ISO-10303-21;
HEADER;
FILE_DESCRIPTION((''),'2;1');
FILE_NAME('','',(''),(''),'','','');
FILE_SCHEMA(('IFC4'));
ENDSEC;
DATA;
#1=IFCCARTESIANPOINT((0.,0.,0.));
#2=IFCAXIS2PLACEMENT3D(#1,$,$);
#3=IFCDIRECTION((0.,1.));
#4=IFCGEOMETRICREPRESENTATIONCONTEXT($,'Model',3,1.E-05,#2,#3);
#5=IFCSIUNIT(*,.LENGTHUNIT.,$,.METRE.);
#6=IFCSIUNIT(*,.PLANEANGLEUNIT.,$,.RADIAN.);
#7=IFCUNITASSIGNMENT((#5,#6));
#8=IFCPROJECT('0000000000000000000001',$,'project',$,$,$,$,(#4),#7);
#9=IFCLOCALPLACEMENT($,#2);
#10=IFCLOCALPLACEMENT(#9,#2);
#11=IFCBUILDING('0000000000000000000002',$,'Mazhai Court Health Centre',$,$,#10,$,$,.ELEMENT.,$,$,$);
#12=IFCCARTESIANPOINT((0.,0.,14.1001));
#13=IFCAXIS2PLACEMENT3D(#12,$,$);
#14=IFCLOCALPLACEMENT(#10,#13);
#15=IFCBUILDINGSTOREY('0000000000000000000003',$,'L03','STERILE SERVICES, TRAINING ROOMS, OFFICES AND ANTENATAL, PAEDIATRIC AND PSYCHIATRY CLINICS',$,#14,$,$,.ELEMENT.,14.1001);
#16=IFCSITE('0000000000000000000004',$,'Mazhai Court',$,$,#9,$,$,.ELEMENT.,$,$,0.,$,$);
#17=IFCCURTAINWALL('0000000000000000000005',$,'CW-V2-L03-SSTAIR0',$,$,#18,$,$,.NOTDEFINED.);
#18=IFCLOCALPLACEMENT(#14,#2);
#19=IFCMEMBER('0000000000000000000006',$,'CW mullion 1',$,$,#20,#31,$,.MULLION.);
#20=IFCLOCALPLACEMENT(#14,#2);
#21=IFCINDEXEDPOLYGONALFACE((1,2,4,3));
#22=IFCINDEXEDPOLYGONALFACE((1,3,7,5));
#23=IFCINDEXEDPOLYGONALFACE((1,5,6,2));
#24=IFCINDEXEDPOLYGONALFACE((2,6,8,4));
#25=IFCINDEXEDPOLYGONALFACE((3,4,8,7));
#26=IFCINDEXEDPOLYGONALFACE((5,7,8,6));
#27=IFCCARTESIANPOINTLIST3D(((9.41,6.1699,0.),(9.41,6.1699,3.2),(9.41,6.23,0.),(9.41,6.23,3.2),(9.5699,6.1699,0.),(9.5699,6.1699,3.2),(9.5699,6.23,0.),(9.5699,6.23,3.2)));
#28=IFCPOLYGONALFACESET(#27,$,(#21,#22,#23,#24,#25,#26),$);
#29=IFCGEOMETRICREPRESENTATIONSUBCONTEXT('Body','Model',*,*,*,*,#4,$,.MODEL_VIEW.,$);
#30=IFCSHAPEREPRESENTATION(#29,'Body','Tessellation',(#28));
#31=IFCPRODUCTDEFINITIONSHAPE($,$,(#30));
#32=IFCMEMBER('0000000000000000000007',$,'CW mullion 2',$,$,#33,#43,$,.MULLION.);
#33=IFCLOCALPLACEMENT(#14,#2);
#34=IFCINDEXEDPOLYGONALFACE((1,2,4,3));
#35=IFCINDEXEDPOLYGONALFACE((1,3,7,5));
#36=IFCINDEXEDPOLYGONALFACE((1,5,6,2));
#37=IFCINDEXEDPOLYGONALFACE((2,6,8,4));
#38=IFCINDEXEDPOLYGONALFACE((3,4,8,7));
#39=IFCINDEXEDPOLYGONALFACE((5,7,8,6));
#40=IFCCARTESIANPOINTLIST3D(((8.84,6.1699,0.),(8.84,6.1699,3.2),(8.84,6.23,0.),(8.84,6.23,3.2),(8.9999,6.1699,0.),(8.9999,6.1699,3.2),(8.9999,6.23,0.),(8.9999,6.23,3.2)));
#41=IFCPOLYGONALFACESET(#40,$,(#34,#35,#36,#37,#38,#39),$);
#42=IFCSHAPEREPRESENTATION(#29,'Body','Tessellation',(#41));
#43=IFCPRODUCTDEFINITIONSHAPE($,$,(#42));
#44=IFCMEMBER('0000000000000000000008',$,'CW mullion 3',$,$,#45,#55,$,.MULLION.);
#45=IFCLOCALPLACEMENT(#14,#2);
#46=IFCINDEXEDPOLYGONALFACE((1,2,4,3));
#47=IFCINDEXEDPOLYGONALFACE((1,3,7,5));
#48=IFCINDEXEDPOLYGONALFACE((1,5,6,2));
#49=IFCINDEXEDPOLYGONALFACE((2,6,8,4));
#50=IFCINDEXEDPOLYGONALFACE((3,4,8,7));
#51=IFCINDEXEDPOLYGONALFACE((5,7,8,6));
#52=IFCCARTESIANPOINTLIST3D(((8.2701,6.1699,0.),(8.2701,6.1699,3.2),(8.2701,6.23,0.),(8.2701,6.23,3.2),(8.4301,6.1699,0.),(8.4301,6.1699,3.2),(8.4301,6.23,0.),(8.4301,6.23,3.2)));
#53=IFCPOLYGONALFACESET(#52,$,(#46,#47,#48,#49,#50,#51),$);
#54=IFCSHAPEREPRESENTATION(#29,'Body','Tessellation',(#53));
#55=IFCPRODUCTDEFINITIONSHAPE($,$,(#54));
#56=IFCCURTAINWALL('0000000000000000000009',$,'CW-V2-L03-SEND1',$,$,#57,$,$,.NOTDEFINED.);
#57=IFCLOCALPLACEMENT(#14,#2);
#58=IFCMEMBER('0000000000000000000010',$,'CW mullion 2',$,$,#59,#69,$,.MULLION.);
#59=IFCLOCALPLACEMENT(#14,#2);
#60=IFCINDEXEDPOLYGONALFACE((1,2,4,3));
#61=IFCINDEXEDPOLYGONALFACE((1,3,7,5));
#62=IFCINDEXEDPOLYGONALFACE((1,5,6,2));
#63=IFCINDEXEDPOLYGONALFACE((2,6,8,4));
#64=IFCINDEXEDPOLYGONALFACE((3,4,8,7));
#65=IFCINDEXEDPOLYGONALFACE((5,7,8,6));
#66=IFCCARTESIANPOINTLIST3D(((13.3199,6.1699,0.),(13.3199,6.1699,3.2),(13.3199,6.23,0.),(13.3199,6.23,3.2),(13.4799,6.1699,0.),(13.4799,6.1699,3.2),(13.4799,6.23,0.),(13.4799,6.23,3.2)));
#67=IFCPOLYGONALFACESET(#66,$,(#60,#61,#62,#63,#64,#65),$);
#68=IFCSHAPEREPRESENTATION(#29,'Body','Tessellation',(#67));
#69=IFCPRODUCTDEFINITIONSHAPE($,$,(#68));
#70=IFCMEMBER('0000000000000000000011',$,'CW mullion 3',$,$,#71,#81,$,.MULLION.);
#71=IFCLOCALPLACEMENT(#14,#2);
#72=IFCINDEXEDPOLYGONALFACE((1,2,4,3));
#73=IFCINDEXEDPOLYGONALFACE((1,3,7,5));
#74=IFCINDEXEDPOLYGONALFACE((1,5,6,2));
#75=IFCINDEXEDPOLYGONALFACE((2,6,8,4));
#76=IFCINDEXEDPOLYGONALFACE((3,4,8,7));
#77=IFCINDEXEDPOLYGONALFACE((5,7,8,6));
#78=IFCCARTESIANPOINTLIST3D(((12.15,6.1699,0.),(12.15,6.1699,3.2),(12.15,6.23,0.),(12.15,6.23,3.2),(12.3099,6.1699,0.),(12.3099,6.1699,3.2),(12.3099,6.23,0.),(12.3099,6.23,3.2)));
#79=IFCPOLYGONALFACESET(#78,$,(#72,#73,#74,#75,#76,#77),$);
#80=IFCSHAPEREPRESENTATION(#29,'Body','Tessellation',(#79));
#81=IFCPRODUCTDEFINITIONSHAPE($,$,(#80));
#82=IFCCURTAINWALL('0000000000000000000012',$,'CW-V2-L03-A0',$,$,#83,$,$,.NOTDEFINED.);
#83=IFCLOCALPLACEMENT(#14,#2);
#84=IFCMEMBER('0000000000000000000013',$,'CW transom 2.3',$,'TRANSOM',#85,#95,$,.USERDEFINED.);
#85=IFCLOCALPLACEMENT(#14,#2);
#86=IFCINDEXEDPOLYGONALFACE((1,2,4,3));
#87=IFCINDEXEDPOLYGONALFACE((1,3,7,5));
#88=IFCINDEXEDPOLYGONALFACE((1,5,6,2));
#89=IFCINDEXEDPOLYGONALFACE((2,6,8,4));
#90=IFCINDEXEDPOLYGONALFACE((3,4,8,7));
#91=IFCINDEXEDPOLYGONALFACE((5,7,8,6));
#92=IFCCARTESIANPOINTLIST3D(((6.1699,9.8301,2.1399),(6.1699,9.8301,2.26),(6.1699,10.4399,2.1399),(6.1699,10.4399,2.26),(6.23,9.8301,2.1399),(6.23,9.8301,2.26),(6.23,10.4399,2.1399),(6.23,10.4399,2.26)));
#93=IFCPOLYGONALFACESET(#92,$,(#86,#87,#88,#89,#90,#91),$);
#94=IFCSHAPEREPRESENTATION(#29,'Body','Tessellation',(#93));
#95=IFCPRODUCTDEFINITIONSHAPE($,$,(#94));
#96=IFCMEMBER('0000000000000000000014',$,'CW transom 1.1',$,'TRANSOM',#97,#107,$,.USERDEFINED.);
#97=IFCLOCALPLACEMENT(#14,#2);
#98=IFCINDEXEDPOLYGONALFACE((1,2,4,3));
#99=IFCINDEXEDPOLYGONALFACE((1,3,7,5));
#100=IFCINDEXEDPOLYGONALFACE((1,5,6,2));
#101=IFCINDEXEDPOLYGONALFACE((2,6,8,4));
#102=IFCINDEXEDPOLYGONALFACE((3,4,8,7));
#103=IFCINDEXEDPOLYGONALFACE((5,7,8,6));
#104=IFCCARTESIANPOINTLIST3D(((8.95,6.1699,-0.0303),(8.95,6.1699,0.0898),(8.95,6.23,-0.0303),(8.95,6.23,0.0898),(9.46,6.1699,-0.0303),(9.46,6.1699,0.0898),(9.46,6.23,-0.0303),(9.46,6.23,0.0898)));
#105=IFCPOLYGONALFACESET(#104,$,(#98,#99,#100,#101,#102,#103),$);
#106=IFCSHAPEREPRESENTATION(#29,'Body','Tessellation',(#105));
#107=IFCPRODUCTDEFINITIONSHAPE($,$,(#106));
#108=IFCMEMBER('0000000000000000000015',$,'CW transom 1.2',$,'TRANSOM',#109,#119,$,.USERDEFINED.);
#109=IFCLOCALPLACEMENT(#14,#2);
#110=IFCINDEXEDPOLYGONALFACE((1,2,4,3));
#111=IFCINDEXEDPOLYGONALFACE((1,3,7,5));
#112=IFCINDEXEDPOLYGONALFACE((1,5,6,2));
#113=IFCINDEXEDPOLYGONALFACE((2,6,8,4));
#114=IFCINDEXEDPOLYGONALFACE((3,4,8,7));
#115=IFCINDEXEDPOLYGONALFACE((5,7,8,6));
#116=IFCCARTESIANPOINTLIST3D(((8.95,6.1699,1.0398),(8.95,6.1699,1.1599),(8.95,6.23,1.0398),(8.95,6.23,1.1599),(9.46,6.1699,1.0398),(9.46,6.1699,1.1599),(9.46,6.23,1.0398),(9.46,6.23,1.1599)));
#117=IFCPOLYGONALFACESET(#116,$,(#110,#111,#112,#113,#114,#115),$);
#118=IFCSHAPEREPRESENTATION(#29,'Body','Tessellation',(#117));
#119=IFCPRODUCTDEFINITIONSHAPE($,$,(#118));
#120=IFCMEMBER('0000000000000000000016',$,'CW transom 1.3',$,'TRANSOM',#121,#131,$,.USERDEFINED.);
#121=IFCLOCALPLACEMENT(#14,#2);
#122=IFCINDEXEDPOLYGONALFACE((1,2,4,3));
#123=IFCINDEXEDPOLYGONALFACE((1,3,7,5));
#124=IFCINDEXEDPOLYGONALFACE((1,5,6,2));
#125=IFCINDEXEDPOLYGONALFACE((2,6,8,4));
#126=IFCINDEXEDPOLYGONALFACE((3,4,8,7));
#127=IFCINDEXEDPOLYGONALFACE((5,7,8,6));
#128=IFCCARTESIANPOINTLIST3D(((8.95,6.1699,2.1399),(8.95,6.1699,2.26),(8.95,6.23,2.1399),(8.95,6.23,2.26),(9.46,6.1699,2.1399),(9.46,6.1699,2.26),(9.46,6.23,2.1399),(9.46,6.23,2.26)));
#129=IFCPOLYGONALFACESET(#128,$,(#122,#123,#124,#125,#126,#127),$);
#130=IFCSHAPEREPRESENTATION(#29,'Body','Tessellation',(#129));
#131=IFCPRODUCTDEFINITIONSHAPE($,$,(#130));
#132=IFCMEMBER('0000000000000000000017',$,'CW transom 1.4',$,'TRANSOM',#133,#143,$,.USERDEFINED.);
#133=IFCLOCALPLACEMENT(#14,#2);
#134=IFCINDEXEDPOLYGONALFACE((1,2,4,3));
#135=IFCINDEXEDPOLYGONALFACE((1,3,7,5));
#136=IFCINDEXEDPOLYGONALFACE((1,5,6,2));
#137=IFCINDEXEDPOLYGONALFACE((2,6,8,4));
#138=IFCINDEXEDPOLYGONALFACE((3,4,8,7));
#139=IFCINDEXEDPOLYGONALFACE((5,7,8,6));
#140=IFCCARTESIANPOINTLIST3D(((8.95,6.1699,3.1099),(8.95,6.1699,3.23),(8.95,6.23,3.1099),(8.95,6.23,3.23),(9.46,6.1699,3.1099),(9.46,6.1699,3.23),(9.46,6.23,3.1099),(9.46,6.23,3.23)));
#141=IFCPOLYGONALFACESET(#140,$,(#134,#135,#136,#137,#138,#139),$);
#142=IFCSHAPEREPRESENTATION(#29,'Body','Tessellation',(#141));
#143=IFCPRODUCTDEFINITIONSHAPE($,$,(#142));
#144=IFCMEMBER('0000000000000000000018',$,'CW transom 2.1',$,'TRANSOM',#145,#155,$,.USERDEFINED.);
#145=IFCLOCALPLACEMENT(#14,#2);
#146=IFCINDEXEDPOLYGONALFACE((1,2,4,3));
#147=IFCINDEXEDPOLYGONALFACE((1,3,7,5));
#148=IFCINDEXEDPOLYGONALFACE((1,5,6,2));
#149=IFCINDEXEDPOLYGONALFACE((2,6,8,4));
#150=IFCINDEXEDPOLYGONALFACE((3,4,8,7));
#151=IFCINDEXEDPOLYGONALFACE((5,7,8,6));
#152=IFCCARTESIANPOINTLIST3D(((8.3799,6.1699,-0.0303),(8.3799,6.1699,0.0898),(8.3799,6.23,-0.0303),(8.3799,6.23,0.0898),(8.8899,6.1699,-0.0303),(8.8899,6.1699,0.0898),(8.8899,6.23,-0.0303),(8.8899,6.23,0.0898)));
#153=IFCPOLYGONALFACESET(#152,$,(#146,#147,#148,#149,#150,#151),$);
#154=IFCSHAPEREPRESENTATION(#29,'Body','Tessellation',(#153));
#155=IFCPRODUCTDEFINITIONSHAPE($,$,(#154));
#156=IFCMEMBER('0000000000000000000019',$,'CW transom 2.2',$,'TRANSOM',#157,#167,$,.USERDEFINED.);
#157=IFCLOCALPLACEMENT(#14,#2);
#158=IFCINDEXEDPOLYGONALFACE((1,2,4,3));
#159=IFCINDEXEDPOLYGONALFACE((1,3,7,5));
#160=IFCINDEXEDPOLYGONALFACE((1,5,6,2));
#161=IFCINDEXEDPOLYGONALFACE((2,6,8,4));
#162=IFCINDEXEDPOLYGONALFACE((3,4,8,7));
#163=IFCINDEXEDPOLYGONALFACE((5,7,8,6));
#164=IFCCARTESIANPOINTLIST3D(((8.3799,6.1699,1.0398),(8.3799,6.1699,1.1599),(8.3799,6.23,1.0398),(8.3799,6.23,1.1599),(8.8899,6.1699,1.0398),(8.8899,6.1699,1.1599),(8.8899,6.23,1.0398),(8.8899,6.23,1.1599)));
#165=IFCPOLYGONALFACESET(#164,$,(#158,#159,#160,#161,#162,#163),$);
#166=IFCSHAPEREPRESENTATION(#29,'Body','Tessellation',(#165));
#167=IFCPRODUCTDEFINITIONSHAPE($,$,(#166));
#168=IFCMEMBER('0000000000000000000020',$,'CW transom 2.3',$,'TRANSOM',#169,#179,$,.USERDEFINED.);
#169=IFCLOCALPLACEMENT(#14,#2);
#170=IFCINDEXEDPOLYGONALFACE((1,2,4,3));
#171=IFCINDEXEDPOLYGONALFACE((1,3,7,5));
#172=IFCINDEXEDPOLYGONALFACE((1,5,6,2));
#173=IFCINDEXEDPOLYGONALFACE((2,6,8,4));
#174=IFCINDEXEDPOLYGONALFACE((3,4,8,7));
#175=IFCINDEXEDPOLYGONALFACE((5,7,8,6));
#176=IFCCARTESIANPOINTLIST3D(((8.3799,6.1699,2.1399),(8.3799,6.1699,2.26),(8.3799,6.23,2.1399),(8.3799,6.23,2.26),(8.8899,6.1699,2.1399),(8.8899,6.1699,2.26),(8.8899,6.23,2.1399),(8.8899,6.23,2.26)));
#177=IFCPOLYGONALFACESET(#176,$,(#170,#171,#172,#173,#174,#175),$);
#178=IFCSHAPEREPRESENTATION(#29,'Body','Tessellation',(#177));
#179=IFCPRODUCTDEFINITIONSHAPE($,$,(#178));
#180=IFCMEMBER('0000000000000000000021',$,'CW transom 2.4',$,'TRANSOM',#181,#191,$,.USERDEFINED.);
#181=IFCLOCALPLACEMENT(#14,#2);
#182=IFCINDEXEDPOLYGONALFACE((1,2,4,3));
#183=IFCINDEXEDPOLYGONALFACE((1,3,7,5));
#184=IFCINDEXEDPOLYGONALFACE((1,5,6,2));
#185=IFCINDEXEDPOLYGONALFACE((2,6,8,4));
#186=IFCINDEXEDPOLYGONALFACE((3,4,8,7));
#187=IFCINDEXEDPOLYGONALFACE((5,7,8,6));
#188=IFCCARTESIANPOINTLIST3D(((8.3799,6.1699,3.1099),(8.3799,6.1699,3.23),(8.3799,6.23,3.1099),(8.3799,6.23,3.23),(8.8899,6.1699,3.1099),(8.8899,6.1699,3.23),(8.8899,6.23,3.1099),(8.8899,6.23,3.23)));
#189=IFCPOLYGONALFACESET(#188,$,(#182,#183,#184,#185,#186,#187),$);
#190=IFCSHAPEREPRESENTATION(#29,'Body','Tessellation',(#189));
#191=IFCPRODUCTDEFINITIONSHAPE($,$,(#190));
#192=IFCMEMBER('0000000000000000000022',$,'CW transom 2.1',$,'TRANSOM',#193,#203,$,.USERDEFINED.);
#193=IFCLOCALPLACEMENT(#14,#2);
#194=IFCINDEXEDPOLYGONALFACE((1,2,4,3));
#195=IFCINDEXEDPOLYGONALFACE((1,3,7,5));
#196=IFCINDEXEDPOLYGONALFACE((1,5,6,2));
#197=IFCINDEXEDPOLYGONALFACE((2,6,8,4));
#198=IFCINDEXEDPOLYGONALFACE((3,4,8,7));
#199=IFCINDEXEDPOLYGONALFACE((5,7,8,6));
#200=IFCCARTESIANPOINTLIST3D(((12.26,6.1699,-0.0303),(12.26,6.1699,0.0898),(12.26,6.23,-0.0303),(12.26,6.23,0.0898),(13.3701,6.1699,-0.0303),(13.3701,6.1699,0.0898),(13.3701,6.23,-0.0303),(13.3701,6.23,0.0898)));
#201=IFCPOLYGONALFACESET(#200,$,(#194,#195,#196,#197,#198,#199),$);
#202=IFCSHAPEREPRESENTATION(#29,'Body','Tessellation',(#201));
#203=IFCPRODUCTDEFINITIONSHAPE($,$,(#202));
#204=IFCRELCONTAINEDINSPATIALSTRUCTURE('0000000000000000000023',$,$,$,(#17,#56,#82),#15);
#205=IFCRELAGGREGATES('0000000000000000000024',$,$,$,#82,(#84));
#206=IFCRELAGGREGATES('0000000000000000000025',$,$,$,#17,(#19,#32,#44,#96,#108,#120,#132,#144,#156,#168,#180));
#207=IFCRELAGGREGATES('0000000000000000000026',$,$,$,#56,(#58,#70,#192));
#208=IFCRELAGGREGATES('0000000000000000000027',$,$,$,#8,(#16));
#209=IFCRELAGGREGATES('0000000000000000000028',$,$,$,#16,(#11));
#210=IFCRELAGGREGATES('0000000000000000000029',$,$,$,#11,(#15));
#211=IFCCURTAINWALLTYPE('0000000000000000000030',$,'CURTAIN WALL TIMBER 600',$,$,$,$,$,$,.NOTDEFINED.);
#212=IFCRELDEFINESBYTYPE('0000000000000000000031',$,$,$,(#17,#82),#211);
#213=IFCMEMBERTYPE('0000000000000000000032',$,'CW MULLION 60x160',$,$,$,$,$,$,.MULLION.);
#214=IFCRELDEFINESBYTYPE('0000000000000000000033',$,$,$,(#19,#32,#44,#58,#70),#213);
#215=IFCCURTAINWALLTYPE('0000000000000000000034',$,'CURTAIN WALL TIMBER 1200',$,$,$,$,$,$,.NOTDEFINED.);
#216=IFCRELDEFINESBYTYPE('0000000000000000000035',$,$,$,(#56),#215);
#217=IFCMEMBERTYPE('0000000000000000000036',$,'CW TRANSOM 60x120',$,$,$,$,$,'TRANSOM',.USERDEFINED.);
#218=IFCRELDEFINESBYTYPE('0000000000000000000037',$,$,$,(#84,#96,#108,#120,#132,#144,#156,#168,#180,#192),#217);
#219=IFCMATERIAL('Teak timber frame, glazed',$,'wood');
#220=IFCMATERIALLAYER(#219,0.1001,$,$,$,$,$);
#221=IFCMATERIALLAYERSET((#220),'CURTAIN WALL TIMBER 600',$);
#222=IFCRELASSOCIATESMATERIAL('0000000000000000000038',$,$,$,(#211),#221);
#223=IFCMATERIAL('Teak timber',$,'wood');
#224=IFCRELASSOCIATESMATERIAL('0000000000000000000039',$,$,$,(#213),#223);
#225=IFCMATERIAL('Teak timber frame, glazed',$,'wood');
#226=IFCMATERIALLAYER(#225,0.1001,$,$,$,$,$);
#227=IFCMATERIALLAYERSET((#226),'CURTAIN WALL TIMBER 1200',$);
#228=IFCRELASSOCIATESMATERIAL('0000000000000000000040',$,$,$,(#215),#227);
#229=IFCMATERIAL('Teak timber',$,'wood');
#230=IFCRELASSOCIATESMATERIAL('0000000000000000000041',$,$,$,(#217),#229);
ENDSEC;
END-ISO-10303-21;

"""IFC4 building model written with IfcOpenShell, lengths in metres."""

from ifc_helpers import new_model, si_unit, direction, frame, origin, origin_2d, place, context, subcontext, project, spatial, rectangle, extrude, material, layer, layer_set, material_profile, profile_set, type_object, element, aggregate, save


model = new_model("IFC4")

# Units and contexts
model_context = context("Model", 3, precision=1e-05, world=origin(), true_north=direction((0.0, 1.0)))
body_context = subcontext(model_context, "Body", "Model", "MODEL_VIEW")
ifc_project = project(units=[si_unit("LENGTHUNIT", "METRE"), si_unit("PLANEANGLEUNIT", "RADIAN")], contexts=[model_context])

# Site, building, storey
site_placement = place(None, origin())
site = spatial("IfcSite", under=ifc_project, at=site_placement, Name="Mazhai Court", CompositionType="ELEMENT", RefElevation=0.0)
building_placement = place(site_placement, origin())
building = spatial("IfcBuilding", under=site, at=building_placement, Name="Mazhai Court Health Centre", CompositionType="ELEMENT")
storey_placement = place(building_placement, frame((0.0, 0.0, 14.1001)))
storey = spatial("IfcBuildingStorey", under=building, at=storey_placement, Name="L03", Description="STERILE SERVICES, TRAINING ROOMS, OFFICES AND ANTENATAL, PAEDIATRIC AND PSYCHIATRY CLINICS", CompositionType="ELEMENT", Elevation=14.1001)

# Curtain walls, members
ifc_material_1 = material(Name="Teak timber frame, glazed", Category="wood")
ifc_layer_1 = layer(ifc_material_1, 0.1001)
ifc_layer_set_1 = layer_set([ifc_layer_1], Name="CURTAIN WALL TIMBER 600")
curtain_wall_type_1 = type_object("IfcCurtainWallType", Name="CURTAIN WALL TIMBER 600", PredefinedType="NOTDEFINED", material=ifc_layer_set_1)
curtain_wall_1_placement = place(storey_placement, origin())
curtain_wall_1 = element("IfcCurtainWall", 1, at=curtain_wall_1_placement, inside=storey, type_object=curtain_wall_type_1, Name="CW-V2-L03-SSTAIR0", PredefinedType="NOTDEFINED")
ifc_material_2 = material(Name="Teak timber", Category="wood")
ifc_material_profile_1 = material_profile(ifc_material_2, rectangle(XDim=0.0601, YDim=0.1599, at=origin_2d()), Name="CW MULLION 60x160")
ifc_profile_set_1 = profile_set([ifc_material_profile_1], Name="Teak timber")
member_type_1 = type_object("IfcMemberType", Name="CW MULLION 60x160", PredefinedType="MULLION", material=ifc_profile_set_1)
member_1_placement = place(storey_placement, frame((9.49, 6.2, 0.0), z_axis=(0.0, 0.0, 1.0), x_axis=(0.0, -1.0, 0.0)))
member_1 = element("IfcMember", 2, at=member_1_placement, type_object=member_type_1, Name="CW mullion 1", PredefinedType="MULLION", context=body_context, shape_type="SweptSolid", body=[
    extrude(rectangle(XDim=0.0601, YDim=0.1599, at=origin_2d()), origin(), (0.0, 0.0, 1.0), 3.2),
])
member_2_placement = place(storey_placement, frame((8.9199, 6.2, 0.0), z_axis=(0.0, 0.0, 1.0), x_axis=(0.0, -1.0, 0.0)))
member_2 = element("IfcMember", 3, at=member_2_placement, type_object=member_type_1, Name="CW mullion 2", PredefinedType="MULLION", context=body_context, shape_type="SweptSolid", body=[
    extrude(rectangle(XDim=0.0601, YDim=0.1599, at=origin_2d()), origin(), (0.0, 0.0, 1.0), 3.2),
])
member_3_placement = place(storey_placement, frame((8.3501, 6.2, 0.0), z_axis=(0.0, 0.0, 1.0), x_axis=(0.0, -1.0, 0.0)))
member_3 = element("IfcMember", 4, at=member_3_placement, type_object=member_type_1, Name="CW mullion 3", PredefinedType="MULLION", context=body_context, shape_type="SweptSolid", body=[
    extrude(rectangle(XDim=0.0601, YDim=0.1599, at=origin_2d()), origin(), (0.0, 0.0, 1.0), 3.2),
])
ifc_material_3 = material(Name="Teak timber frame, glazed", Category="wood")
ifc_layer_2 = layer(ifc_material_3, 0.1001)
ifc_layer_set_2 = layer_set([ifc_layer_2], Name="CURTAIN WALL TIMBER 1200")
curtain_wall_type_2 = type_object("IfcCurtainWallType", Name="CURTAIN WALL TIMBER 1200", PredefinedType="NOTDEFINED", material=ifc_layer_set_2)
curtain_wall_2_placement = place(storey_placement, origin())
curtain_wall_2 = element("IfcCurtainWall", 5, at=curtain_wall_2_placement, inside=storey, type_object=curtain_wall_type_2, Name="CW-V2-L03-SEND1", PredefinedType="NOTDEFINED")
member_4_placement = place(storey_placement, frame((13.3999, 6.2, 0.0), z_axis=(0.0, 0.0, 1.0), x_axis=(0.0, -1.0, 0.0)))
member_4 = element("IfcMember", 6, at=member_4_placement, type_object=member_type_1, Name="CW mullion 2", PredefinedType="MULLION", context=body_context, shape_type="SweptSolid", body=[
    extrude(rectangle(XDim=0.0601, YDim=0.1599, at=origin_2d()), origin(), (0.0, 0.0, 1.0), 3.2),
])
member_5_placement = place(storey_placement, frame((12.23, 6.2, 0.0), z_axis=(0.0, 0.0, 1.0), x_axis=(0.0, -1.0, 0.0)))
member_5 = element("IfcMember", 7, at=member_5_placement, type_object=member_type_1, Name="CW mullion 3", PredefinedType="MULLION", context=body_context, shape_type="SweptSolid", body=[
    extrude(rectangle(XDim=0.0601, YDim=0.1599, at=origin_2d()), origin(), (0.0, 0.0, 1.0), 3.2),
])

# Curtain wall, member
curtain_wall_3_placement = place(storey_placement, origin())
curtain_wall_3 = element("IfcCurtainWall", 8, at=curtain_wall_3_placement, inside=storey, type_object=curtain_wall_type_1, Name="CW-V2-L03-A0", PredefinedType="NOTDEFINED")
ifc_material_4 = material(Name="Teak timber", Category="wood")
ifc_material_profile_2 = material_profile(ifc_material_4, rectangle(XDim=0.0601, YDim=0.1201, at=origin_2d()), Name="CW TRANSOM 60x120")
ifc_profile_set_2 = profile_set([ifc_material_profile_2], Name="Teak timber")
member_type_2 = type_object("IfcMemberType", Name="CW TRANSOM 60x120", ElementType="TRANSOM", PredefinedType="USERDEFINED", material=ifc_profile_set_2)
member_6_placement = place(storey_placement, frame((6.2, 9.8301, 2.2), z_axis=(0.0, 1.0, 0.0), x_axis=(-1.0, 0.0, 0.0)))
member_6 = element("IfcMember", 9, at=member_6_placement, type_object=member_type_2, Name="CW transom 2.3", ObjectType="TRANSOM", PredefinedType="USERDEFINED", context=body_context, shape_type="SweptSolid", body=[
    extrude(rectangle(XDim=0.0601, YDim=0.1201, at=origin_2d()), origin(), (0.0, 0.0, 1.0), 0.6099),
])
aggregate(curtain_wall_3, [member_6])

# Members
member_7_placement = place(storey_placement, frame((9.46, 6.2, 0.0298), z_axis=(-1.0, 0.0, 0.0), x_axis=(0.0, -1.0, 0.0)))
member_7 = element("IfcMember", 10, at=member_7_placement, type_object=member_type_2, Name="CW transom 1.1", ObjectType="TRANSOM", PredefinedType="USERDEFINED", context=body_context, shape_type="SweptSolid", body=[
    extrude(rectangle(XDim=0.0601, YDim=0.1201, at=origin_2d()), origin(), (0.0, 0.0, 1.0), 0.51),
])
member_8_placement = place(storey_placement, frame((9.46, 6.2, 1.0999), z_axis=(-1.0, 0.0, 0.0), x_axis=(0.0, -1.0, 0.0)))
member_8 = element("IfcMember", 11, at=member_8_placement, type_object=member_type_2, Name="CW transom 1.2", ObjectType="TRANSOM", PredefinedType="USERDEFINED", context=body_context, shape_type="SweptSolid", body=[
    extrude(rectangle(XDim=0.0601, YDim=0.1201, at=origin_2d()), origin(), (0.0, 0.0, 1.0), 0.51),
])
member_9_placement = place(storey_placement, frame((9.46, 6.2, 2.2), z_axis=(-1.0, 0.0, 0.0), x_axis=(0.0, -1.0, 0.0)))
member_9 = element("IfcMember", 12, at=member_9_placement, type_object=member_type_2, Name="CW transom 1.3", ObjectType="TRANSOM", PredefinedType="USERDEFINED", context=body_context, shape_type="SweptSolid", body=[
    extrude(rectangle(XDim=0.0601, YDim=0.1201, at=origin_2d()), origin(), (0.0, 0.0, 1.0), 0.51),
])
member_10_placement = place(storey_placement, frame((9.46, 6.2, 3.1699), z_axis=(-1.0, 0.0, 0.0), x_axis=(0.0, -1.0, 0.0)))
member_10 = element("IfcMember", 13, at=member_10_placement, type_object=member_type_2, Name="CW transom 1.4", ObjectType="TRANSOM", PredefinedType="USERDEFINED", context=body_context, shape_type="SweptSolid", body=[
    extrude(rectangle(XDim=0.0601, YDim=0.1201, at=origin_2d()), origin(), (0.0, 0.0, 1.0), 0.51),
])
member_11_placement = place(storey_placement, frame((8.8899, 6.2, 0.0298), z_axis=(-1.0, 0.0, 0.0), x_axis=(0.0, -1.0, 0.0)))
member_11 = element("IfcMember", 14, at=member_11_placement, type_object=member_type_2, Name="CW transom 2.1", ObjectType="TRANSOM", PredefinedType="USERDEFINED", context=body_context, shape_type="SweptSolid", body=[
    extrude(rectangle(XDim=0.0601, YDim=0.1201, at=origin_2d()), origin(), (0.0, 0.0, 1.0), 0.51),
])
member_12_placement = place(storey_placement, frame((8.8899, 6.2, 1.0999), z_axis=(-1.0, 0.0, 0.0), x_axis=(0.0, -1.0, 0.0)))
member_12 = element("IfcMember", 15, at=member_12_placement, type_object=member_type_2, Name="CW transom 2.2", ObjectType="TRANSOM", PredefinedType="USERDEFINED", context=body_context, shape_type="SweptSolid", body=[
    extrude(rectangle(XDim=0.0601, YDim=0.1201, at=origin_2d()), origin(), (0.0, 0.0, 1.0), 0.51),
])
member_13_placement = place(storey_placement, frame((8.8899, 6.2, 2.2), z_axis=(-1.0, 0.0, 0.0), x_axis=(0.0, -1.0, 0.0)))
member_13 = element("IfcMember", 16, at=member_13_placement, type_object=member_type_2, Name="CW transom 2.3", ObjectType="TRANSOM", PredefinedType="USERDEFINED", context=body_context, shape_type="SweptSolid", body=[
    extrude(rectangle(XDim=0.0601, YDim=0.1201, at=origin_2d()), origin(), (0.0, 0.0, 1.0), 0.51),
])
member_14_placement = place(storey_placement, frame((8.8899, 6.2, 3.1699), z_axis=(-1.0, 0.0, 0.0), x_axis=(0.0, -1.0, 0.0)))
member_14 = element("IfcMember", 17, at=member_14_placement, type_object=member_type_2, Name="CW transom 2.4", ObjectType="TRANSOM", PredefinedType="USERDEFINED", context=body_context, shape_type="SweptSolid", body=[
    extrude(rectangle(XDim=0.0601, YDim=0.1201, at=origin_2d()), origin(), (0.0, 0.0, 1.0), 0.51),
])
member_15_placement = place(storey_placement, frame((13.3701, 6.2, 0.0298), z_axis=(-1.0, 0.0, 0.0), x_axis=(0.0, -1.0, 0.0)))
member_15 = element("IfcMember", 18, at=member_15_placement, type_object=member_type_2, Name="CW transom 2.1", ObjectType="TRANSOM", PredefinedType="USERDEFINED", context=body_context, shape_type="SweptSolid", body=[
    extrude(rectangle(XDim=0.0601, YDim=0.1201, at=origin_2d()), origin(), (0.0, 0.0, 1.0), 1.1101),
])

aggregate(curtain_wall_1, [member_1, member_2, member_3, member_7, member_8, member_9, member_10, member_11, member_12, member_13, member_14])
aggregate(curtain_wall_2, [member_4, member_5, member_15])

save(model, "model.ifc")
